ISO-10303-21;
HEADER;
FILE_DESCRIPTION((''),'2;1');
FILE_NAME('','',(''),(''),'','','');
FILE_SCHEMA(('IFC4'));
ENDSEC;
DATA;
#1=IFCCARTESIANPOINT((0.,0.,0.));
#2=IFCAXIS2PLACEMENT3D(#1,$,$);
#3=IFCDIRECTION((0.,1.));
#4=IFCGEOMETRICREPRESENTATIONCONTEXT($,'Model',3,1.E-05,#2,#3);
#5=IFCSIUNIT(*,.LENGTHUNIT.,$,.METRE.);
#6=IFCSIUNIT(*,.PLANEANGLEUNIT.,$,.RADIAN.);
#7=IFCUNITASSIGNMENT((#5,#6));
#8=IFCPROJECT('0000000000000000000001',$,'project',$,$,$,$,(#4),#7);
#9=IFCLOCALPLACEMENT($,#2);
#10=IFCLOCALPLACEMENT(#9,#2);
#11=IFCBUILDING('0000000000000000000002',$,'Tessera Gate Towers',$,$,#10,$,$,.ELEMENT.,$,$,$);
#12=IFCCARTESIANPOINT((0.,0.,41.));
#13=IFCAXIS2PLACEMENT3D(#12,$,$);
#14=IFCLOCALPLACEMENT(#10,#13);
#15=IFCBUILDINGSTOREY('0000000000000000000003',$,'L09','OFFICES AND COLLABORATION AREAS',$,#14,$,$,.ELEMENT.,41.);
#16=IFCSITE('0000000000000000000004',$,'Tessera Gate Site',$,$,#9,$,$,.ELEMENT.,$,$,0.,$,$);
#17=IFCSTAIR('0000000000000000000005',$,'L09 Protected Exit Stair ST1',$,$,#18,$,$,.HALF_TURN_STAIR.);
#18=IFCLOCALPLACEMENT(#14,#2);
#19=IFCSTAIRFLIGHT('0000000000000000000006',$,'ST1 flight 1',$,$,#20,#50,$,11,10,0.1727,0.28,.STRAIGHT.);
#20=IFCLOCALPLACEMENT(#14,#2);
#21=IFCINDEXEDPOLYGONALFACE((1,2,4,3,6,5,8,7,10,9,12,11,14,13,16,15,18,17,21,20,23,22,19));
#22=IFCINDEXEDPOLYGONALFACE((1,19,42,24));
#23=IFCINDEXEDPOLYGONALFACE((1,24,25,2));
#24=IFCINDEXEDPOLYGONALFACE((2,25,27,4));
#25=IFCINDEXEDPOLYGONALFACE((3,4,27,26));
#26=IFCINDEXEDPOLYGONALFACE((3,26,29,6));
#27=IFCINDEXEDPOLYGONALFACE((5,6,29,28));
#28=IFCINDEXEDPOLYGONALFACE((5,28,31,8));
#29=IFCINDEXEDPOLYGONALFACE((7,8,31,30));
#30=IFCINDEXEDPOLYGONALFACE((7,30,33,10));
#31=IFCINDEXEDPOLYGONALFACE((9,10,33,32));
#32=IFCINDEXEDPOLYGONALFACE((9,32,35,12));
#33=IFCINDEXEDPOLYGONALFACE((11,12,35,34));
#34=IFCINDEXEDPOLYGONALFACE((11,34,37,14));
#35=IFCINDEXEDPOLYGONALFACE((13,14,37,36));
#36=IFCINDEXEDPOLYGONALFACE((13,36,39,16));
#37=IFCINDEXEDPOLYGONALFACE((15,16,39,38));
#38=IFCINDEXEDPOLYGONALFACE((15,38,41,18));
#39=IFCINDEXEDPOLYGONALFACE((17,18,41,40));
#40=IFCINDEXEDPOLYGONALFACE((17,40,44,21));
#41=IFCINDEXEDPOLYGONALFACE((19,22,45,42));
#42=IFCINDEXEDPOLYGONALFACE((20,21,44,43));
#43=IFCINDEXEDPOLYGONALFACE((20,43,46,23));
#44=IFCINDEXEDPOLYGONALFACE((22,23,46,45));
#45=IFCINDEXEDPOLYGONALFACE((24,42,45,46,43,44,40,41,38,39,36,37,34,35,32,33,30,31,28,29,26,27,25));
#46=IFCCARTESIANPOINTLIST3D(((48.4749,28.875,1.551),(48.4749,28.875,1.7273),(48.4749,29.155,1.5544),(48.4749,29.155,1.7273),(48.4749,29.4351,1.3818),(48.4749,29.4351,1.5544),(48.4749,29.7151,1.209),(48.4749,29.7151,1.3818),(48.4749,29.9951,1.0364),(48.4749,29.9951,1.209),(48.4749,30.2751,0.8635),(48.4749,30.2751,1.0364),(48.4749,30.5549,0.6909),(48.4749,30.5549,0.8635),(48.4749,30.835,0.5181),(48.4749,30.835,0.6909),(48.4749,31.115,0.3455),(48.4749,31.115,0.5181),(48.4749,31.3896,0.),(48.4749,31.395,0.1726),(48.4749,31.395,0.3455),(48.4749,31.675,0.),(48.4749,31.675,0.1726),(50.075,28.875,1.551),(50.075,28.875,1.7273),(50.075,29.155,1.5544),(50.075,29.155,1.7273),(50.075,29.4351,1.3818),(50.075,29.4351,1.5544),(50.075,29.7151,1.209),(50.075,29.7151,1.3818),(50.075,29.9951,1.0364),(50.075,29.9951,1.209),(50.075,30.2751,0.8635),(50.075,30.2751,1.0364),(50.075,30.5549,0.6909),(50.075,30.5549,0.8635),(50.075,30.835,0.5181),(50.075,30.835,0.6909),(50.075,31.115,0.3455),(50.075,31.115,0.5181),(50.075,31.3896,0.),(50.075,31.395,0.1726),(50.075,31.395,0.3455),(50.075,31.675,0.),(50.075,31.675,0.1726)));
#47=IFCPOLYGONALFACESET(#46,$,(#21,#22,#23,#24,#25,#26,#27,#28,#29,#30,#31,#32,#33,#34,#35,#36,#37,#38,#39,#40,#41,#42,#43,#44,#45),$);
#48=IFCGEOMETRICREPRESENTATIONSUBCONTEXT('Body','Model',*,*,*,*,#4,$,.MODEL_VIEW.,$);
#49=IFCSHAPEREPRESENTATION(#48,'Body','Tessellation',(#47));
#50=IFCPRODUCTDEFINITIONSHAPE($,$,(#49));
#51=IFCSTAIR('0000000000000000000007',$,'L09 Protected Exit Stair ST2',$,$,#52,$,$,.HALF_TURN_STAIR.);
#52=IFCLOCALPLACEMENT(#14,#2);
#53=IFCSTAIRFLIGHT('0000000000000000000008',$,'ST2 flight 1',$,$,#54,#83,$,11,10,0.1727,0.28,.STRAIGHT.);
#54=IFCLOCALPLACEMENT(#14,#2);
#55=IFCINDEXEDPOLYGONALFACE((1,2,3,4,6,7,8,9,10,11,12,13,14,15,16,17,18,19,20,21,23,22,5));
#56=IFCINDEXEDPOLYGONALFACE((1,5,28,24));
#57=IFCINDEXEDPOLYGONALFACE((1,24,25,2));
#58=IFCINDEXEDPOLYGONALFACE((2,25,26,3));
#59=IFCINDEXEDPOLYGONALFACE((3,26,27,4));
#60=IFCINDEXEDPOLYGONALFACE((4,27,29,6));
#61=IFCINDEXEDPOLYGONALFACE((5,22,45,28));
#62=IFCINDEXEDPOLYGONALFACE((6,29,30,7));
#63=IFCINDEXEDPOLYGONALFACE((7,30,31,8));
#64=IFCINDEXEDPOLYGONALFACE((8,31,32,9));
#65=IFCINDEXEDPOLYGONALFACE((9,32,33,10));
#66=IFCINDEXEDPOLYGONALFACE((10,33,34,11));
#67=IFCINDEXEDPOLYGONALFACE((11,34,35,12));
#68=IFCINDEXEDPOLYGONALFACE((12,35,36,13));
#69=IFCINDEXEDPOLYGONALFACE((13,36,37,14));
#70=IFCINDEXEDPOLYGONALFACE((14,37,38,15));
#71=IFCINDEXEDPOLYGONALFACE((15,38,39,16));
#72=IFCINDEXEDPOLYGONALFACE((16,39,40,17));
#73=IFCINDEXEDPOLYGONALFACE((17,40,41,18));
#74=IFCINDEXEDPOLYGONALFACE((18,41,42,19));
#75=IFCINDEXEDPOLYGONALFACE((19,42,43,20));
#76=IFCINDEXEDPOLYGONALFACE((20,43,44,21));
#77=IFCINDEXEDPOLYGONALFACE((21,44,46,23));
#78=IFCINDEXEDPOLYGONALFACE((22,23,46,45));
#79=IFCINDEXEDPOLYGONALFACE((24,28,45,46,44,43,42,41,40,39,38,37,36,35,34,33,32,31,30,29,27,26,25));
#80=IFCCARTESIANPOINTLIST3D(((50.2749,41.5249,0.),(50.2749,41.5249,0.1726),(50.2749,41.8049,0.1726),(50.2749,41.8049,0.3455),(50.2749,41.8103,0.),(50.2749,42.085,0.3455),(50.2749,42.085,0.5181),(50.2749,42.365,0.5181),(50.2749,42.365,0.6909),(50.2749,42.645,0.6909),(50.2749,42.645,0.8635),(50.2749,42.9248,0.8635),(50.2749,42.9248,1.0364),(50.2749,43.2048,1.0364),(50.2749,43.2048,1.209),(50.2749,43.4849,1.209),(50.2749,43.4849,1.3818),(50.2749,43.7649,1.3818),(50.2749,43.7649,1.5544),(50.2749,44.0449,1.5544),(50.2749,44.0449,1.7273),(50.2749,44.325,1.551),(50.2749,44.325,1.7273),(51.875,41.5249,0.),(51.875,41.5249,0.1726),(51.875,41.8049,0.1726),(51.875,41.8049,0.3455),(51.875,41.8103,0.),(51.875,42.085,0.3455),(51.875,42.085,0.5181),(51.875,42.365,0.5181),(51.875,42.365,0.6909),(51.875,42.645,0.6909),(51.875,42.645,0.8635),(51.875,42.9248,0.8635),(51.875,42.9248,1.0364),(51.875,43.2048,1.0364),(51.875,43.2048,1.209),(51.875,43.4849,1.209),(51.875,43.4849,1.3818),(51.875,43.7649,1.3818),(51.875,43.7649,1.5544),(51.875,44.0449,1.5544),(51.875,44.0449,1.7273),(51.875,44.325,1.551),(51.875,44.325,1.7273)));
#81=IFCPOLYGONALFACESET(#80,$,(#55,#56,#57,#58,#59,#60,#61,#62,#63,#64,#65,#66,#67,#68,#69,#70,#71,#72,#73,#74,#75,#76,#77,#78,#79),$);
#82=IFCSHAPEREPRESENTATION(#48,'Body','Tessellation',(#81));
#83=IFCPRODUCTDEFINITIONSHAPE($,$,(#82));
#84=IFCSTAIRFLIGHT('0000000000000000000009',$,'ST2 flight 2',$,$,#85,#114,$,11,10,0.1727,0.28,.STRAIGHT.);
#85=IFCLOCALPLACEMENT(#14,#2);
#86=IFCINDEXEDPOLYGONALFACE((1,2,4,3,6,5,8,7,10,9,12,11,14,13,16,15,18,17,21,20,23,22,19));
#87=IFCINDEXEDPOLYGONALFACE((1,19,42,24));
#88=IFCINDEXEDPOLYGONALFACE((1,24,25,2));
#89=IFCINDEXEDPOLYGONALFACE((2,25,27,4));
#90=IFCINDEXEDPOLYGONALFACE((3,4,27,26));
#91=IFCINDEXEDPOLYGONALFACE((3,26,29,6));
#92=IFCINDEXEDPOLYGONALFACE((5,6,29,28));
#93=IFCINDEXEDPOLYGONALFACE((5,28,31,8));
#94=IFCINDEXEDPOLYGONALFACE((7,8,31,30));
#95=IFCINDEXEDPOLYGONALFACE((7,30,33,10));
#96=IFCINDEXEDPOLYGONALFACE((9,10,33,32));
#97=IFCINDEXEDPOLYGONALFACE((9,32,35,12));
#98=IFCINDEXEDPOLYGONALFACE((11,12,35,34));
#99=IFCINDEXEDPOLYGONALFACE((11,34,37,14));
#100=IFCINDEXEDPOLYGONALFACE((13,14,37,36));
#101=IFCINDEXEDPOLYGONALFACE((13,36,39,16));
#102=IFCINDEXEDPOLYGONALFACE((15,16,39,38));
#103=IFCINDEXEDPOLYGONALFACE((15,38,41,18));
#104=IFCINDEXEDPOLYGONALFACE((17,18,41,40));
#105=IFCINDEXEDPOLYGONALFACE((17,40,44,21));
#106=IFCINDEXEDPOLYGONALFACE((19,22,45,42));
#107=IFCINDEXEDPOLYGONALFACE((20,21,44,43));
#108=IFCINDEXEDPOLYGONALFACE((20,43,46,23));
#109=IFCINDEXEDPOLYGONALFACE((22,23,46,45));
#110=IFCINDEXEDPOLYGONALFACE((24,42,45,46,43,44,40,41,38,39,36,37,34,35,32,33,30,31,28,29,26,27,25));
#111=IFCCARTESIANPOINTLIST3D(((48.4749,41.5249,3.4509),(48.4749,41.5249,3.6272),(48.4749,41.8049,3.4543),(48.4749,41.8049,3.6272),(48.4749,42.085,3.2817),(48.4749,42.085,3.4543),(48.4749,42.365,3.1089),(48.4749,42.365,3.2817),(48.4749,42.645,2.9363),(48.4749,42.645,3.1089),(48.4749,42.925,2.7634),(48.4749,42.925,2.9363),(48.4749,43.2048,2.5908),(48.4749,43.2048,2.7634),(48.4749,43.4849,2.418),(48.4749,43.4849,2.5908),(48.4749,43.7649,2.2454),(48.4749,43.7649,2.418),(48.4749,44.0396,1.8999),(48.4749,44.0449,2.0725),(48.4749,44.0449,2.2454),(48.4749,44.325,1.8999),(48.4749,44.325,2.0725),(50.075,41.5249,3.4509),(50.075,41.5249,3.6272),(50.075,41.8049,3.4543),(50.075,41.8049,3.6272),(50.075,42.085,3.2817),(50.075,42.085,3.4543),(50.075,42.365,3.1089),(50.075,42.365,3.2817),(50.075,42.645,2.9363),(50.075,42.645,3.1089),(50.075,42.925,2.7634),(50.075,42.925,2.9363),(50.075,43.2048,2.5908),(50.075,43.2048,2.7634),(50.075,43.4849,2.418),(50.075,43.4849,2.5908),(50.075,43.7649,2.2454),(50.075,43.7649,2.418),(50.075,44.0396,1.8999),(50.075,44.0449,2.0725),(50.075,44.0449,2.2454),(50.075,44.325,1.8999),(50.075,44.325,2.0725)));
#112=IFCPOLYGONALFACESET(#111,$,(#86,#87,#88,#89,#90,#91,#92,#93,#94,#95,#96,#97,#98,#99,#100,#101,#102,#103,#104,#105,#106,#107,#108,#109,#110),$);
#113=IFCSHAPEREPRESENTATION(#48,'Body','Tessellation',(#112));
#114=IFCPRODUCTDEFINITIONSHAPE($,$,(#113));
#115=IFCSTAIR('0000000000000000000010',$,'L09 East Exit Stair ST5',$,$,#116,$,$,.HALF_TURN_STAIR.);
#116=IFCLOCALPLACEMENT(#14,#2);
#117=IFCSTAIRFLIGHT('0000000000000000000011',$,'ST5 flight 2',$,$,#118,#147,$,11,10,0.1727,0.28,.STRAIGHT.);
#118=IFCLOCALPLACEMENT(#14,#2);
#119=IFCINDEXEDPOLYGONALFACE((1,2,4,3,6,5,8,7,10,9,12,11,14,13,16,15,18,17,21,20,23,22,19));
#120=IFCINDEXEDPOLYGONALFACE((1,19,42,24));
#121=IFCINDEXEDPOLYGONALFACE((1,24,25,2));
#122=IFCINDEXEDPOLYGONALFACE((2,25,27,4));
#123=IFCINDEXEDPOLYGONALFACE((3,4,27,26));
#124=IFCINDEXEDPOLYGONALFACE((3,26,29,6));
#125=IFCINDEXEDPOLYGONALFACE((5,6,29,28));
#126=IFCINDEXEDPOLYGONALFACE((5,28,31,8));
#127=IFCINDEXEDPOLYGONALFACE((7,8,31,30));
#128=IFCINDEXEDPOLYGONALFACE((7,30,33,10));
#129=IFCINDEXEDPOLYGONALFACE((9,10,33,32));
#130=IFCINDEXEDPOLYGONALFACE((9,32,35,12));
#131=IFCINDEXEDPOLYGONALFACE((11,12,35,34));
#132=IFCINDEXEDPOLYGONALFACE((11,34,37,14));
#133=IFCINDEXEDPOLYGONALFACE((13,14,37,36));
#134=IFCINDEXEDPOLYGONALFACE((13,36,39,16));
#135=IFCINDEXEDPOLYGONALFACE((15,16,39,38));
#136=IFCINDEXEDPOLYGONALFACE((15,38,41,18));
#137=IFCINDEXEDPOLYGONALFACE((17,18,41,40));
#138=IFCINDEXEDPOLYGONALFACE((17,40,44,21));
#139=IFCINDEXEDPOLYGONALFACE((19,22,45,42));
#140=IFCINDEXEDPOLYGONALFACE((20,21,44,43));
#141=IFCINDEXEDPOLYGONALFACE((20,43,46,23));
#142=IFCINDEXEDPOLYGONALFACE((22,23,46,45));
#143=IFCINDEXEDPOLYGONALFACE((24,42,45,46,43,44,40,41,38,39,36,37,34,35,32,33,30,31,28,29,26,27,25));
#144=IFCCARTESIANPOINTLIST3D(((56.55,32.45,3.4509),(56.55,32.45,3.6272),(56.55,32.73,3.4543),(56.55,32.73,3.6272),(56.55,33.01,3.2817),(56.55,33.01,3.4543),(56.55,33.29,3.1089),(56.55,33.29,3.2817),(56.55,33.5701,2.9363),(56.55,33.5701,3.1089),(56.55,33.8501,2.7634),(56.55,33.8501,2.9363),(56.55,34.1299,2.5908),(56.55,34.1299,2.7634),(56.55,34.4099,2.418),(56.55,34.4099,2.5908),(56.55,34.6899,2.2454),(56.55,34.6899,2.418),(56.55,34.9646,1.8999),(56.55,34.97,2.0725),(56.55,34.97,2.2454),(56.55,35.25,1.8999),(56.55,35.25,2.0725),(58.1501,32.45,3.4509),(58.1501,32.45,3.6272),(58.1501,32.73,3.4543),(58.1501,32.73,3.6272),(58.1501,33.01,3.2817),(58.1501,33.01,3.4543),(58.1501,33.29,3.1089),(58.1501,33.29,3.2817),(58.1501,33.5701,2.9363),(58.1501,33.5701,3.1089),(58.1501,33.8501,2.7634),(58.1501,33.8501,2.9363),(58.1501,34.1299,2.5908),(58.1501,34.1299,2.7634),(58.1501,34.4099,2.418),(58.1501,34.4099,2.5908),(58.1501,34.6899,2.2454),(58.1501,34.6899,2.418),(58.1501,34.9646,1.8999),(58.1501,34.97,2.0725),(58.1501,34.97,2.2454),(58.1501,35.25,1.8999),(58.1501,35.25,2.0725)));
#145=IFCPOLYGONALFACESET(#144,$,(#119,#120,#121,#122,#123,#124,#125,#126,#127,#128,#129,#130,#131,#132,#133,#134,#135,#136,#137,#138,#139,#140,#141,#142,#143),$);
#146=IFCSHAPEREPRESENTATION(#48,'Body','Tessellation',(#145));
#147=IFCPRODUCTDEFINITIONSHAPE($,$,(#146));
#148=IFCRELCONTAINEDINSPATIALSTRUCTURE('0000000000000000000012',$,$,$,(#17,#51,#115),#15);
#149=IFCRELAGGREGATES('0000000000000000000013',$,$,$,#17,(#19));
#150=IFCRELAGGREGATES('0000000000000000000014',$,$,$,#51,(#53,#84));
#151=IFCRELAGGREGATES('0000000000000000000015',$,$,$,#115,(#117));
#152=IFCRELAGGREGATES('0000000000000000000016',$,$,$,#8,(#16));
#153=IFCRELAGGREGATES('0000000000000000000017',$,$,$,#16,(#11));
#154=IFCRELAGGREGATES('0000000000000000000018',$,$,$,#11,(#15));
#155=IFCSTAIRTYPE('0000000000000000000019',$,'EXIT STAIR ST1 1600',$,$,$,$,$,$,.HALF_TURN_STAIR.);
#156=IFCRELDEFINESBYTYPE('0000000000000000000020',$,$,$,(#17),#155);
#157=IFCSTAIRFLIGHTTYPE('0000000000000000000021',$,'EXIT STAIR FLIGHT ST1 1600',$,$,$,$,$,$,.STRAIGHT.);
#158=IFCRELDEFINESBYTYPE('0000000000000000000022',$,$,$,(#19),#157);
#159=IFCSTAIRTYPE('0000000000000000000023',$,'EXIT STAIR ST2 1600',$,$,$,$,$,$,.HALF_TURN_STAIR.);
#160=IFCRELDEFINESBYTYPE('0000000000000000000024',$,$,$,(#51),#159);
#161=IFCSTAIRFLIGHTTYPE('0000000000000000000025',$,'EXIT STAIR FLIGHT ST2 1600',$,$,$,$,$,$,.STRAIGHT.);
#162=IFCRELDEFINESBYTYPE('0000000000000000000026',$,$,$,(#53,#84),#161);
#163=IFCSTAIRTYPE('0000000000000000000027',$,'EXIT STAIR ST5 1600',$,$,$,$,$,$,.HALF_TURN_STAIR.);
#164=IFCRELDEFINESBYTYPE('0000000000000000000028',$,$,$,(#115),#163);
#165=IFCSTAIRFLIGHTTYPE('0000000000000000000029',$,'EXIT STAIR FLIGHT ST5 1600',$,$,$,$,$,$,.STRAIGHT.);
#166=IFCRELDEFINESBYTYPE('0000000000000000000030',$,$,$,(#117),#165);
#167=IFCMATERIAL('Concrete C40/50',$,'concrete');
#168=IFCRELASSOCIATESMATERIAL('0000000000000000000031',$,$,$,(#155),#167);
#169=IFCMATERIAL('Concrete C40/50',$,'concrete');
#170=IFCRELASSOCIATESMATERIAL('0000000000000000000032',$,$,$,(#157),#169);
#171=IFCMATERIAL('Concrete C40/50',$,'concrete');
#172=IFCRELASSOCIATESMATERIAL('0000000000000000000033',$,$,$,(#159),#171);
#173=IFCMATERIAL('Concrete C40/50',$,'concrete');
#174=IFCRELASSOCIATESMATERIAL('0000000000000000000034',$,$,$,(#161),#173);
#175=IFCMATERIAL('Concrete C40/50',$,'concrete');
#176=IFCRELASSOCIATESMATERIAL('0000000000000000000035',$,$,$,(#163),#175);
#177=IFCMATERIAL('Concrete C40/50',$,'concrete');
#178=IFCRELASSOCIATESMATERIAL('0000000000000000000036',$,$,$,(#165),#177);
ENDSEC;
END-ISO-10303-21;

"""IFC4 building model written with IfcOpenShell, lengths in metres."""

from ifc_helpers import new_model, si_unit, direction, frame, origin, place, context, subcontext, project, spatial, polyline, outline, extrude, material, type_object, element, aggregate, save


model = new_model("IFC4")

# Units and contexts
model_context = context("Model", 3, precision=1e-05, world=origin(), true_north=direction((0.0, 1.0)))
body_context = subcontext(model_context, "Body", "Model", "MODEL_VIEW")
ifc_project = project(units=[si_unit("LENGTHUNIT", "METRE"), si_unit("PLANEANGLEUNIT", "RADIAN")], contexts=[model_context])

# Site, building, storey
site_placement = place(None, origin())
site = spatial("IfcSite", under=ifc_project, at=site_placement, Name="Tessera Gate Site", CompositionType="ELEMENT", RefElevation=0.0)
building_placement = place(site_placement, origin())
building = spatial("IfcBuilding", under=site, at=building_placement, Name="Tessera Gate Towers", CompositionType="ELEMENT")
storey_placement = place(building_placement, frame((0.0, 0.0, 41.0)))
storey = spatial("IfcBuildingStorey", under=building, at=storey_placement, Name="L09", Description="OFFICES AND COLLABORATION AREAS", CompositionType="ELEMENT", Elevation=41.0)

# Stair, stair flight
ifc_material_1 = material(Name="Concrete C40/50", Category="concrete")
stair_type_1 = type_object("IfcStairType", Name="EXIT STAIR ST1 1600", PredefinedType="HALF_TURN_STAIR", material=ifc_material_1)
stair_1_placement = place(storey_placement, origin())
stair_1 = element("IfcStair", 1, at=stair_1_placement, inside=storey, type_object=stair_type_1, Name="L09 Protected Exit Stair ST1", PredefinedType="HALF_TURN_STAIR")
ifc_material_2 = material(Name="Concrete C40/50", Category="concrete")
stair_flight_type_1 = type_object("IfcStairFlightType", Name="EXIT STAIR FLIGHT ST1 1600", PredefinedType="STRAIGHT", material=ifc_material_2)
stair_flight_1_placement = place(storey_placement, frame((49.2749, 31.675, 0.0), z_axis=(0.0, 0.0, 1.0), x_axis=(0.0, -1.0, 0.0)))
stair_flight_1 = element("IfcStairFlight", 2, at=stair_flight_1_placement, type_object=stair_flight_type_1, Name="ST1 flight 1", NumberOfRisers=11, NumberOfTreads=10, PredefinedType="STRAIGHT", RiserHeight=0.1727, TreadLength=0.28, context=body_context, shape_type="SweptSolid", body=[
    extrude(outline(polyline([(0.0, 0.0), (0.0, 0.1726), (0.28, 0.1726), (0.28, 0.3455), (0.5601, 0.3455), (0.5601, 0.5181), (0.8401, 0.5181), (0.8401, 0.6909), (1.1201, 0.6909), (1.1201, 0.8635), (1.3999, 0.8635), (1.3999, 1.0364), (1.6799, 1.0364), (1.6799, 1.209), (1.96, 1.209), (1.96, 1.3818), (2.24, 1.3818), (2.24, 1.5544), (2.52, 1.5544), (2.52, 1.7273), (2.8, 1.7273), (2.8, 1.8999), (2.8, 1.551), (0.2854, 0.0), (0.0, 0.0)])), frame((0.0, 0.8, 0.0), z_axis=(0.0, -1.0, 0.0), x_axis=(1.0, 0.0, 0.0)), (0.0, 0.0, 1.0), 1.6001),
])
aggregate(stair_1, [stair_flight_1])

# Stair, stair flights
ifc_material_3 = material(Name="Concrete C40/50", Category="concrete")
stair_type_2 = type_object("IfcStairType", Name="EXIT STAIR ST2 1600", PredefinedType="HALF_TURN_STAIR", material=ifc_material_3)
stair_2_placement = place(storey_placement, origin())
stair_2 = element("IfcStair", 3, at=stair_2_placement, inside=storey, type_object=stair_type_2, Name="L09 Protected Exit Stair ST2", PredefinedType="HALF_TURN_STAIR")
ifc_material_4 = material(Name="Concrete C40/50", Category="concrete")
stair_flight_type_2 = type_object("IfcStairFlightType", Name="EXIT STAIR FLIGHT ST2 1600", PredefinedType="STRAIGHT", material=ifc_material_4)
stair_flight_2_placement = place(storey_placement, frame((51.075, 41.5249, 0.0), z_axis=(0.0, 0.0, 1.0), x_axis=(0.0, 1.0, 0.0)))
stair_flight_2 = element("IfcStairFlight", 4, at=stair_flight_2_placement, type_object=stair_flight_type_2, Name="ST2 flight 1", NumberOfRisers=11, NumberOfTreads=10, PredefinedType="STRAIGHT", RiserHeight=0.1727, TreadLength=0.28, context=body_context, shape_type="SweptSolid", body=[
    extrude(outline(polyline([(0.0, 0.0), (0.0, 0.1726), (0.28, 0.1726), (0.28, 0.3455), (0.5601, 0.3455), (0.5601, 0.5181), (0.8401, 0.5181), (0.8401, 0.6909), (1.1201, 0.6909), (1.1201, 0.8635), (1.3999, 0.8635), (1.3999, 1.0364), (1.6799, 1.0364), (1.6799, 1.209), (1.96, 1.209), (1.96, 1.3818), (2.24, 1.3818), (2.24, 1.5544), (2.52, 1.5544), (2.52, 1.7273), (2.8, 1.7273), (2.8, 1.8999), (2.8, 1.551), (0.2854, 0.0), (0.0, 0.0)])), frame((0.0, 0.8, 0.0), z_axis=(0.0, -1.0, 0.0), x_axis=(1.0, 0.0, 0.0)), (0.0, 0.0, 1.0), 1.6001),
])
stair_flight_3_placement = place(storey_placement, frame((49.2749, 44.325, 1.8999), z_axis=(0.0, 0.0, 1.0), x_axis=(0.0, -1.0, 0.0)))
stair_flight_3 = element("IfcStairFlight", 5, at=stair_flight_3_placement, type_object=stair_flight_type_2, Name="ST2 flight 2", NumberOfRisers=11, NumberOfTreads=10, PredefinedType="STRAIGHT", RiserHeight=0.1727, TreadLength=0.28, context=body_context, shape_type="SweptSolid", body=[
    extrude(outline(polyline([(0.0, 0.0), (0.0, 0.1726), (0.28, 0.1726), (0.28, 0.3455), (0.5601, 0.3455), (0.5601, 0.5181), (0.8401, 0.5181), (0.8401, 0.6909), (1.1201, 0.6909), (1.1201, 0.8635), (1.3999, 0.8635), (1.3999, 1.0364), (1.6799, 1.0364), (1.6799, 1.209), (1.96, 1.209), (1.96, 1.3818), (2.24, 1.3818), (2.24, 1.5544), (2.52, 1.5544), (2.52, 1.7273), (2.8, 1.7273), (2.8, 1.8999), (2.8, 1.551), (0.2854, 0.0), (0.0, 0.0)])), frame((0.0, 0.8, 0.0), z_axis=(0.0, -1.0, 0.0), x_axis=(1.0, 0.0, 0.0)), (0.0, 0.0, 1.0), 1.6001),
])
aggregate(stair_2, [stair_flight_2, stair_flight_3])

# Stair, stair flight
ifc_material_5 = material(Name="Concrete C40/50", Category="concrete")
stair_type_3 = type_object("IfcStairType", Name="EXIT STAIR ST5 1600", PredefinedType="HALF_TURN_STAIR", material=ifc_material_5)
stair_3_placement = place(storey_placement, origin())
stair_3 = element("IfcStair", 6, at=stair_3_placement, inside=storey, type_object=stair_type_3, Name="L09 East Exit Stair ST5", PredefinedType="HALF_TURN_STAIR")
ifc_material_6 = material(Name="Concrete C40/50", Category="concrete")
stair_flight_type_3 = type_object("IfcStairFlightType", Name="EXIT STAIR FLIGHT ST5 1600", PredefinedType="STRAIGHT", material=ifc_material_6)
stair_flight_4_placement = place(storey_placement, frame((57.3501, 35.25, 1.8999), z_axis=(0.0, 0.0, 1.0), x_axis=(0.0, -1.0, 0.0)))
stair_flight_4 = element("IfcStairFlight", 7, at=stair_flight_4_placement, type_object=stair_flight_type_3, Name="ST5 flight 2", NumberOfRisers=11, NumberOfTreads=10, PredefinedType="STRAIGHT", RiserHeight=0.1727, TreadLength=0.28, context=body_context, shape_type="SweptSolid", body=[
    extrude(outline(polyline([(0.0, 0.0), (0.0, 0.1726), (0.28, 0.1726), (0.28, 0.3455), (0.5601, 0.3455), (0.5601, 0.5181), (0.8401, 0.5181), (0.8401, 0.6909), (1.1201, 0.6909), (1.1201, 0.8635), (1.3999, 0.8635), (1.3999, 1.0364), (1.6799, 1.0364), (1.6799, 1.209), (1.96, 1.209), (1.96, 1.3818), (2.24, 1.3818), (2.24, 1.5544), (2.52, 1.5544), (2.52, 1.7273), (2.8, 1.7273), (2.8, 1.8999), (2.8, 1.551), (0.2854, 0.0), (0.0, 0.0)])), frame((0.0, 0.8, 0.0), z_axis=(0.0, -1.0, 0.0), x_axis=(1.0, 0.0, 0.0)), (0.0, 0.0, 1.0), 1.6001),
])
aggregate(stair_3, [stair_flight_4])

save(model, "model.ifc")
